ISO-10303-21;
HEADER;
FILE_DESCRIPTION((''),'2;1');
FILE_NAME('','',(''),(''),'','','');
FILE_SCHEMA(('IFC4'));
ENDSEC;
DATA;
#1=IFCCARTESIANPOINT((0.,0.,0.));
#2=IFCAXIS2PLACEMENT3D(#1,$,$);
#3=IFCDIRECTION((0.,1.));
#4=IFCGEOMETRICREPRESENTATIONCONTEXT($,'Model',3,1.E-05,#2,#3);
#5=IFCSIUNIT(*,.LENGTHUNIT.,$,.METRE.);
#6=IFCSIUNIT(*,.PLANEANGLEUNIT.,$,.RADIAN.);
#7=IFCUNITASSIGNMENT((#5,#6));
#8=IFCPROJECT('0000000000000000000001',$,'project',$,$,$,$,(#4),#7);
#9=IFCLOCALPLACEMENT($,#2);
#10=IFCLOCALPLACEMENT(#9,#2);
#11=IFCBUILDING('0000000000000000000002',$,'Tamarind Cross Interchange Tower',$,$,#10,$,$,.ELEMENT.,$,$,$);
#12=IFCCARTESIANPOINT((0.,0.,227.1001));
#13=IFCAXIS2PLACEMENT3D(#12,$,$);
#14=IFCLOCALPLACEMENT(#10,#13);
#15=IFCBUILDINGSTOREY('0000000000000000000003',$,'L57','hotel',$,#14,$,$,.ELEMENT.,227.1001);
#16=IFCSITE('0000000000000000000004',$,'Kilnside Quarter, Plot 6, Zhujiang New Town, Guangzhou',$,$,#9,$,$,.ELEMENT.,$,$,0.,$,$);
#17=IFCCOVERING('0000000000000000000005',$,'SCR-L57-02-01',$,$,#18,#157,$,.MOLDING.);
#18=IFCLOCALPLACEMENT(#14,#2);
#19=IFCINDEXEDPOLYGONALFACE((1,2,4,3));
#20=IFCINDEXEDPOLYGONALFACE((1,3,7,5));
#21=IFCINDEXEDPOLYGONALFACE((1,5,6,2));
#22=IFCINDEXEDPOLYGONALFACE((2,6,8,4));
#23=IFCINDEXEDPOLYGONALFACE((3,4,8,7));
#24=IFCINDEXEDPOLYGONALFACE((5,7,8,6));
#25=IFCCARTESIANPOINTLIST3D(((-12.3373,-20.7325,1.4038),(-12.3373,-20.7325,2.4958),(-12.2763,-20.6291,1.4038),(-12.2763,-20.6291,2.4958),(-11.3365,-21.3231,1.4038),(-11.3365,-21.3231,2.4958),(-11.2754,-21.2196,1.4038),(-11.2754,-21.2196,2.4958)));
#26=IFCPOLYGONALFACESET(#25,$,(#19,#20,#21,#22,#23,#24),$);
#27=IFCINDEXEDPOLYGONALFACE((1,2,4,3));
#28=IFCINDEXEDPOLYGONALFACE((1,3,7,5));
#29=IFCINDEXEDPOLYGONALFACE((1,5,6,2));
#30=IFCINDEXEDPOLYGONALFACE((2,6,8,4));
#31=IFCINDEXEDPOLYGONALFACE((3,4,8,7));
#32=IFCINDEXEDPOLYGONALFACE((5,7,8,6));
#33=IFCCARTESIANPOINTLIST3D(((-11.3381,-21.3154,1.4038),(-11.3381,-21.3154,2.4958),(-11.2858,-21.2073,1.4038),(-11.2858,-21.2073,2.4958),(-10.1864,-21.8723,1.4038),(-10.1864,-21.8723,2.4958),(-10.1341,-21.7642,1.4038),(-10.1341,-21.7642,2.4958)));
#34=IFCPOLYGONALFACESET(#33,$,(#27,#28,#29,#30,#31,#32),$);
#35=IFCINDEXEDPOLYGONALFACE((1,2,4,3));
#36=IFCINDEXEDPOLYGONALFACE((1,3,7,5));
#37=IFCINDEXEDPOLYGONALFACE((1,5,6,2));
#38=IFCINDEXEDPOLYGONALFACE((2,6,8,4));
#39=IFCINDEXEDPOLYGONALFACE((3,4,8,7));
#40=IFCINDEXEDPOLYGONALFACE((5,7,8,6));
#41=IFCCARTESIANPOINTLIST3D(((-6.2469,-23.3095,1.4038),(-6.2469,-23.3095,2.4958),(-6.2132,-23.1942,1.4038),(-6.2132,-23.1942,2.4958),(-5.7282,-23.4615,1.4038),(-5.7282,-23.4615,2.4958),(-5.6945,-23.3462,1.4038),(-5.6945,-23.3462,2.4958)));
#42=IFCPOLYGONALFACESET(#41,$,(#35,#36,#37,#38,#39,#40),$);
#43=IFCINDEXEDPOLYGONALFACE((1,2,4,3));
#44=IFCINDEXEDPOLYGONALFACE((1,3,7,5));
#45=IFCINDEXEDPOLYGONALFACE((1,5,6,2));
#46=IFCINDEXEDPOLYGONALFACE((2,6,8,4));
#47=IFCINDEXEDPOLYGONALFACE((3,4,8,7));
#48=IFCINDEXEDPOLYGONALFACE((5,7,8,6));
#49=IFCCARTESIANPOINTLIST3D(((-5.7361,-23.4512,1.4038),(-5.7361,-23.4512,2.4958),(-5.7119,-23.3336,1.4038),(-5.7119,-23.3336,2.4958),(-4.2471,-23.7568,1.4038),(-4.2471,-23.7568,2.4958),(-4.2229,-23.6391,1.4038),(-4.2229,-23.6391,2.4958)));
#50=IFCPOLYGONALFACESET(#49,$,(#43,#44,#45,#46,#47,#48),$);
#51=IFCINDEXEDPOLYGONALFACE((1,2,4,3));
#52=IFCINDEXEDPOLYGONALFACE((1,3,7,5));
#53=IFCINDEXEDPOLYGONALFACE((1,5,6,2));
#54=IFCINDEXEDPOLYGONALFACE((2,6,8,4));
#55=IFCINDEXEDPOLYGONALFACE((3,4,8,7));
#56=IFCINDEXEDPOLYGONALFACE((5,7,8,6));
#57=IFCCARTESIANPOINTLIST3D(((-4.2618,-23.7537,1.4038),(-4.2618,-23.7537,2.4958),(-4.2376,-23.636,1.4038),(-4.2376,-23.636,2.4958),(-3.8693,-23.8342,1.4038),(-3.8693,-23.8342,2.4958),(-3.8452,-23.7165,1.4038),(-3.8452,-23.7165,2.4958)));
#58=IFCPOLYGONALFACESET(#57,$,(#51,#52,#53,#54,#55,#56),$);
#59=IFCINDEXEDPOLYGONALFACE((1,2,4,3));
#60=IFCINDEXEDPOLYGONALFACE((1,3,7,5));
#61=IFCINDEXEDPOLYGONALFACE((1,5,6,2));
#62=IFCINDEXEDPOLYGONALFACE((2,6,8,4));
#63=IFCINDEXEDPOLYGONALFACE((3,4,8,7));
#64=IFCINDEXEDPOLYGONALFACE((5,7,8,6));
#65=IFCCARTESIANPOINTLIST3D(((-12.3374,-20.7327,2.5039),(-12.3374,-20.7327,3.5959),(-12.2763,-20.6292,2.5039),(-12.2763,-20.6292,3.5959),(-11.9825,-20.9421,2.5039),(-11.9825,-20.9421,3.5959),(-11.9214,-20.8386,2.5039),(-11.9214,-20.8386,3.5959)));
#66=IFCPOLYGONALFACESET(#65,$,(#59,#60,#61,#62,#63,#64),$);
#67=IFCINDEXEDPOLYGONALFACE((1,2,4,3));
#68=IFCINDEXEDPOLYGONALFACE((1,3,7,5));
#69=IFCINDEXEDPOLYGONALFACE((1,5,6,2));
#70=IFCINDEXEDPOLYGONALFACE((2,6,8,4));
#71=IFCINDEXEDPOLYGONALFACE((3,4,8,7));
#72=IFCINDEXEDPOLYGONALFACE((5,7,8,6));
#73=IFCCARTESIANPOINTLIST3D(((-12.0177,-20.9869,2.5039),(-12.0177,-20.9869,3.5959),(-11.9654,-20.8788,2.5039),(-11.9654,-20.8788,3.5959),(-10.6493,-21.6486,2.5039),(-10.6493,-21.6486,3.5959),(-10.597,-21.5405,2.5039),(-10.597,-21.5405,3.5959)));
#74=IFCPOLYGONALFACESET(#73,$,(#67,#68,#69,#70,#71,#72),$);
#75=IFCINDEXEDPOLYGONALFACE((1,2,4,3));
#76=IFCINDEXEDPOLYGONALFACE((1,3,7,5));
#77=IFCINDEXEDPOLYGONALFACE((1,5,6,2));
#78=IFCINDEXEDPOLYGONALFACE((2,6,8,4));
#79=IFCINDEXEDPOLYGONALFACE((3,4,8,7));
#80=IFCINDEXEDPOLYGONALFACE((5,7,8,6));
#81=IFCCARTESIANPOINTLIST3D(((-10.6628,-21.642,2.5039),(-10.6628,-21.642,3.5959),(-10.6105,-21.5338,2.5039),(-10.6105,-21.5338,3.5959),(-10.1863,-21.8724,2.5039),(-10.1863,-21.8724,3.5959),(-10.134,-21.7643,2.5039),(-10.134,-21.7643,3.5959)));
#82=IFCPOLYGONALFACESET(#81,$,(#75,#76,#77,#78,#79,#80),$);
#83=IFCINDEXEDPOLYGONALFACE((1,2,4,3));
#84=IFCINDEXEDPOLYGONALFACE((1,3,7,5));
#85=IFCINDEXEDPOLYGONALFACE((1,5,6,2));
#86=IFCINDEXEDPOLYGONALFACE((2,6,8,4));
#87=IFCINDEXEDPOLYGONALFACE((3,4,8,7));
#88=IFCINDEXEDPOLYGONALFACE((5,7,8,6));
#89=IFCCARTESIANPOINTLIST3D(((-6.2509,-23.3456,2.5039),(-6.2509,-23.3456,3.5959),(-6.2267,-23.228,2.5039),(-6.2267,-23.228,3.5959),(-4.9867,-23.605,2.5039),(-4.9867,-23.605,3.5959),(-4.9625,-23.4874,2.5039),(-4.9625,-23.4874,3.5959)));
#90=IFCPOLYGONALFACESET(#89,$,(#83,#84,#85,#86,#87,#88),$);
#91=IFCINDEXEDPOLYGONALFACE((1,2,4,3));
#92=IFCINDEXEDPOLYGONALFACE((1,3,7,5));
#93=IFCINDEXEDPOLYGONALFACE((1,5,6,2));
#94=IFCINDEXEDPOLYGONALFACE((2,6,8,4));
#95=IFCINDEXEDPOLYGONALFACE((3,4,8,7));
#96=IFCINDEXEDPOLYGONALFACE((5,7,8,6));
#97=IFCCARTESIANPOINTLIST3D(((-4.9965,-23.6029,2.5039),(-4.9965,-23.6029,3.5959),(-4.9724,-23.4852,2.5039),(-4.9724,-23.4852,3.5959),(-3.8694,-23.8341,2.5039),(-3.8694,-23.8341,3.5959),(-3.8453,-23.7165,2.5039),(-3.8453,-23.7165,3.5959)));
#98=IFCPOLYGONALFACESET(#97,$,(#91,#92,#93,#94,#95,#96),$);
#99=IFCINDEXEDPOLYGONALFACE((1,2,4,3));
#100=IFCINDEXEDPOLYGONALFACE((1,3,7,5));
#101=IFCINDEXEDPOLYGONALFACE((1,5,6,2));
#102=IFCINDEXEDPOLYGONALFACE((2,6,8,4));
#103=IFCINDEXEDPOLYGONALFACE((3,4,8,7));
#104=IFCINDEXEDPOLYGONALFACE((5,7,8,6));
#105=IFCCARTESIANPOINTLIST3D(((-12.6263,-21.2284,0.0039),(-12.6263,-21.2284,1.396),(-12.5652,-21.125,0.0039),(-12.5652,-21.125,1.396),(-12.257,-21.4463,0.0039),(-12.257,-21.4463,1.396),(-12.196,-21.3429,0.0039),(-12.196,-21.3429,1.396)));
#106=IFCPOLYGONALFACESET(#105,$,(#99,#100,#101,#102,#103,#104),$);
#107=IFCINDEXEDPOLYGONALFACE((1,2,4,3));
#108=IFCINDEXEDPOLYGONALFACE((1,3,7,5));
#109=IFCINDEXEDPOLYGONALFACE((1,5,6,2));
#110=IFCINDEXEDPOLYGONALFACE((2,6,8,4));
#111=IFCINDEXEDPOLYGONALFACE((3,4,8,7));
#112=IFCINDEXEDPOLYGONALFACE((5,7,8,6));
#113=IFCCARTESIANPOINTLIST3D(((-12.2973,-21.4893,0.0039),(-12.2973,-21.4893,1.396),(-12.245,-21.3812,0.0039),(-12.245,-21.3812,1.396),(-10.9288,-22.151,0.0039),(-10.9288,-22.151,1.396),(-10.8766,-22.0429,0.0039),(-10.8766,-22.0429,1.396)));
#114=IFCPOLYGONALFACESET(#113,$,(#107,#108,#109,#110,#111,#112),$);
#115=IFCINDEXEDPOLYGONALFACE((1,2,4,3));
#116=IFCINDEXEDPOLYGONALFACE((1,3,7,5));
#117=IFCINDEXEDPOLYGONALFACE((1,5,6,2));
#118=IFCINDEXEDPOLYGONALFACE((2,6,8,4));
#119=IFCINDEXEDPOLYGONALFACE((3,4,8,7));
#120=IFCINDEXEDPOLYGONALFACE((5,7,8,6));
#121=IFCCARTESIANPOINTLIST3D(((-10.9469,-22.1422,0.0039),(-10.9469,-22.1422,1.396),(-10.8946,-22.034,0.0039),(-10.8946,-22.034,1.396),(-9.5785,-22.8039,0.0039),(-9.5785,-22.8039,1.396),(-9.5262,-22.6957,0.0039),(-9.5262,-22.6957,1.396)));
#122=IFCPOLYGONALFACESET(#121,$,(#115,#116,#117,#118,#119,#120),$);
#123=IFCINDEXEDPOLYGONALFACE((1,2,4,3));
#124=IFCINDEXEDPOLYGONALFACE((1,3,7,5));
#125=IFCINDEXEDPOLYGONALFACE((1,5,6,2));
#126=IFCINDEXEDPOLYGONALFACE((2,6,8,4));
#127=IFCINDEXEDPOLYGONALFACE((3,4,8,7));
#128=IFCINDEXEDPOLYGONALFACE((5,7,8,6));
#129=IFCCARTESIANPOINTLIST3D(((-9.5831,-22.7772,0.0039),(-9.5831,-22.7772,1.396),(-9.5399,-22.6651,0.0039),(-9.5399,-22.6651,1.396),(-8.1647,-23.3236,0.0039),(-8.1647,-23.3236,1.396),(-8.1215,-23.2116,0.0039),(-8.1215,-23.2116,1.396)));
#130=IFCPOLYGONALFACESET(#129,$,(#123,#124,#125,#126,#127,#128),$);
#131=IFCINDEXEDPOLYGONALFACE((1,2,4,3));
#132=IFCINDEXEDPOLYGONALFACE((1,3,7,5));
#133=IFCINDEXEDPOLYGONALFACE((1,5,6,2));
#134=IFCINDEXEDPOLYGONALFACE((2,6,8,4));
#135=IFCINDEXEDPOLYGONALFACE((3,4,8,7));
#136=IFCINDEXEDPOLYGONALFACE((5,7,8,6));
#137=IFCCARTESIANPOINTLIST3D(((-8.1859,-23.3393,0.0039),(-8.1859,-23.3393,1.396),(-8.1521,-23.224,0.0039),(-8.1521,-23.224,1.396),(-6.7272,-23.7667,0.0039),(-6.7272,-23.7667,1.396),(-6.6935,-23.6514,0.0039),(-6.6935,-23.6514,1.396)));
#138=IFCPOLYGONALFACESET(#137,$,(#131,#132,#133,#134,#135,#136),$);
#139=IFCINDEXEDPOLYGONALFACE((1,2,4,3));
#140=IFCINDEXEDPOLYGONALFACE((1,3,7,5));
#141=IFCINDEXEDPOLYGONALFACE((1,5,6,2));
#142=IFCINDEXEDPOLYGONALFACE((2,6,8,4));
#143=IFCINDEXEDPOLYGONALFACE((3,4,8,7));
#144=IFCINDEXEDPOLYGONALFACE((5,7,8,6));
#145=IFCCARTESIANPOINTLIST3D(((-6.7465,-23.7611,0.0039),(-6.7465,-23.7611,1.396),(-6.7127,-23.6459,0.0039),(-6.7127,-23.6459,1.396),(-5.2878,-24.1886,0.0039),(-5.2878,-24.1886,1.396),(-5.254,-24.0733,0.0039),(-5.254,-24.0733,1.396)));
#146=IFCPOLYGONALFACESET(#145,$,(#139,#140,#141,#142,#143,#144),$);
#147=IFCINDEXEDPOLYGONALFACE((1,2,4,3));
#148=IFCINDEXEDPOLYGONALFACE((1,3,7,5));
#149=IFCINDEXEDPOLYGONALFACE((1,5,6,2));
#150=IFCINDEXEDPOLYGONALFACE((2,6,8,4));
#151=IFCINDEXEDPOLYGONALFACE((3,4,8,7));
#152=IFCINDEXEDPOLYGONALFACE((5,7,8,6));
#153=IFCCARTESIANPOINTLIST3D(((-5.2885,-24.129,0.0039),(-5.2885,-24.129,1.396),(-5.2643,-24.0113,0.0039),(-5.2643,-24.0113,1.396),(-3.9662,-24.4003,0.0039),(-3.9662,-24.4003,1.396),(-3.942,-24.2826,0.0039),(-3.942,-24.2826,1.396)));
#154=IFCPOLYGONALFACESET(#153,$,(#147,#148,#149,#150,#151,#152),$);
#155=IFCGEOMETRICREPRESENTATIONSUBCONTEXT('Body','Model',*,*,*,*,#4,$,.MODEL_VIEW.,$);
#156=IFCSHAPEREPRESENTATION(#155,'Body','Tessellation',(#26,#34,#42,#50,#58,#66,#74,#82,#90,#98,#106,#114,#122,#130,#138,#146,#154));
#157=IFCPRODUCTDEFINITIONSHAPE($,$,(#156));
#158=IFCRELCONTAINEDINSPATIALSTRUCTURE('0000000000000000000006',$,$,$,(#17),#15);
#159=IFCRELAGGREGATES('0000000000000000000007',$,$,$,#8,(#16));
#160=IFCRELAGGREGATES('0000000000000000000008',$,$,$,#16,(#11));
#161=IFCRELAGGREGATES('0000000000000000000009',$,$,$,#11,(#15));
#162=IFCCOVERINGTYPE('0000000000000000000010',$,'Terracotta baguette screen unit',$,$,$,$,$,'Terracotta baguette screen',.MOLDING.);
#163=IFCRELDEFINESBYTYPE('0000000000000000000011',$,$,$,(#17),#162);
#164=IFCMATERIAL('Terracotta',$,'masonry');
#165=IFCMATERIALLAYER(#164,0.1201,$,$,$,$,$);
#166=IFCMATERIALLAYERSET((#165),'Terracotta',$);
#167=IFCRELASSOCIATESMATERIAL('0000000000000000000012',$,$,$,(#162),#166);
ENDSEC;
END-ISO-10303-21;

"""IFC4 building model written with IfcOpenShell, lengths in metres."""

from ifc_helpers import new_model, si_unit, direction, frame, origin, origin_2d, place, context, subcontext, project, spatial, rectangle, extrude, material, layer, layer_set, type_object, element, save


model = new_model("IFC4")

# Units and contexts
model_context = context("Model", 3, precision=1e-05, world=origin(), true_north=direction((0.0, 1.0)))
body_context = subcontext(model_context, "Body", "Model", "MODEL_VIEW")
ifc_project = project(units=[si_unit("LENGTHUNIT", "METRE"), si_unit("PLANEANGLEUNIT", "RADIAN")], contexts=[model_context])

# Site, building, storey
site_placement = place(None, origin())
site = spatial("IfcSite", under=ifc_project, at=site_placement, Name="Kilnside Quarter, Plot 6, Zhujiang New Town, Guangzhou", CompositionType="ELEMENT", RefElevation=0.0)
building_placement = place(site_placement, origin())
building = spatial("IfcBuilding", under=site, at=building_placement, Name="Tamarind Cross Interchange Tower", CompositionType="ELEMENT")
storey_placement = place(building_placement, frame((0.0, 0.0, 227.1001)))
storey = spatial("IfcBuildingStorey", under=building, at=storey_placement, Name="L57", Description="hotel", CompositionType="ELEMENT", Elevation=227.1001)

# Covering
ifc_material_1 = material(Name="Terracotta", Category="masonry")
ifc_layer_1 = layer(ifc_material_1, 0.1201)
ifc_layer_set_1 = layer_set([ifc_layer_1], Name="Terracotta")
covering_type = type_object("IfcCoveringType", Name="Terracotta baguette screen unit", ElementType="Terracotta baguette screen", PredefinedType="MOLDING", material=ifc_layer_set_1)
covering_1_placement = place(storey_placement, origin())
element("IfcCovering", 1, at=covering_1_placement, inside=storey, type_object=covering_type, Name="SCR-L57-02-01", PredefinedType="MOLDING", context=body_context, shape_type="SweptSolid", body=[
    extrude(rectangle(XDim=1.1621, YDim=0.1201, at=origin_2d()), frame((-11.8064, -20.9761, 1.4038), z_axis=(0.0, 0.0, 1.0), x_axis=(0.861249, -0.508183, 0.0)), (0.0, 0.0, 1.0), 1.092),
    extrude(rectangle(XDim=1.2793, YDim=0.1201, at=origin_2d()), frame((-10.7361, -21.5398, 1.4038), z_axis=(0.0, 0.0, 1.0), x_axis=(0.900273, -0.435326, 0.0)), (0.0, 0.0, 1.0), 1.092),
    extrude(rectangle(XDim=0.5405, YDim=0.1201, at=origin_2d()), frame((-5.9707, -23.3279, 1.4038), z_axis=(0.0, 0.0, 1.0), x_axis=(0.959647, -0.281209, 0.0)), (0.0, 0.0, 1.0), 1.092),
    extrude(rectangle(XDim=1.52, YDim=0.1201, at=origin_2d()), frame((-4.9795, -23.5452, 1.4038), z_axis=(0.0, 0.0, 1.0), x_axis=(0.979591, -0.201001, 0.0)), (0.0, 0.0, 1.0), 1.092),
    extrude(rectangle(XDim=0.4006, YDim=0.1201, at=origin_2d()), frame((-4.0535, -23.7351, 1.4038), z_axis=(0.0, 0.0, 1.0), x_axis=(0.979591, -0.201001, 0.0)), (0.0, 0.0, 1.0), 1.092),
    extrude(rectangle(XDim=0.4121, YDim=0.1201, at=origin_2d()), frame((-12.1294, -20.7856, 2.5039), z_axis=(0.0, 0.0, 1.0), x_axis=(0.861249, -0.508183, 0.0)), (0.0, 0.0, 1.0), 1.092),
    extrude(rectangle(XDim=1.52, YDim=0.1201, at=origin_2d()), frame((-11.3074, -21.2637, 2.5039), z_axis=(0.0, 0.0, 1.0), x_axis=(0.900273, -0.435326, 0.0)), (0.0, 0.0, 1.0), 1.092),
    extrude(rectangle(XDim=0.5293, YDim=0.1201, at=origin_2d()), frame((-10.3984, -21.7031, 2.5039), z_axis=(0.0, 0.0, 1.0), x_axis=(0.900273, -0.435326, 0.0)), (0.0, 0.0, 1.0), 1.092),
    extrude(rectangle(XDim=1.2905, YDim=0.1201, at=origin_2d()), frame((-5.6067, -23.4165, 2.5039), z_axis=(0.0, 0.0, 1.0), x_axis=(0.979591, -0.201001, 0.0)), (0.0, 0.0, 1.0), 1.092),
    extrude(rectangle(XDim=1.1506, YDim=0.1201, at=origin_2d()), frame((-4.4209, -23.6597, 2.5039), z_axis=(0.0, 0.0, 1.0), x_axis=(0.979591, -0.201001, 0.0)), (0.0, 0.0, 1.0), 1.092),
    extrude(rectangle(XDim=0.4287, YDim=0.1201, at=origin_2d()), frame((-12.4111, -21.2856, 0.0039), z_axis=(0.0, 0.0, 1.0), x_axis=(0.861249, -0.508183, 0.0)), (0.0, 0.0, 1.0), 1.3921),
    extrude(rectangle(XDim=1.52, YDim=0.1201, at=origin_2d()), frame((-11.5869, -21.7661, 0.0039), z_axis=(0.0, 0.0, 1.0), x_axis=(0.900273, -0.435326, 0.0)), (0.0, 0.0, 1.0), 1.3921),
    extrude(rectangle(XDim=1.52, YDim=0.1201, at=origin_2d()), frame((-10.2366, -22.4189, 0.0039), z_axis=(0.0, 0.0, 1.0), x_axis=(0.900273, -0.435326, 0.0)), (0.0, 0.0, 1.0), 1.3921),
    extrude(rectangle(XDim=1.52, YDim=0.1201, at=origin_2d()), frame((-8.8523, -22.9944, 0.0039), z_axis=(0.0, 0.0, 1.0), x_axis=(0.933147, -0.359495, 0.0)), (0.0, 0.0, 1.0), 1.3921),
    extrude(rectangle(XDim=1.52, YDim=0.1201, at=origin_2d()), frame((-7.4397, -23.4954, 0.0039), z_axis=(0.0, 0.0, 1.0), x_axis=(0.959647, -0.281209, 0.0)), (0.0, 0.0, 1.0), 1.3921),
    extrude(rectangle(XDim=1.52, YDim=0.1201, at=origin_2d()), frame((-6.0002, -23.9172, 0.0039), z_axis=(0.0, 0.0, 1.0), x_axis=(0.959647, -0.281209, 0.0)), (0.0, 0.0, 1.0), 1.3921),
    extrude(rectangle(XDim=1.3499, YDim=0.1201, at=origin_2d()), frame((-4.6152, -24.2058, 0.0039), z_axis=(0.0, 0.0, 1.0), x_axis=(0.979591, -0.201001, 0.0)), (0.0, 0.0, 1.0), 1.3921),
])

save(model, "model.ifc")
